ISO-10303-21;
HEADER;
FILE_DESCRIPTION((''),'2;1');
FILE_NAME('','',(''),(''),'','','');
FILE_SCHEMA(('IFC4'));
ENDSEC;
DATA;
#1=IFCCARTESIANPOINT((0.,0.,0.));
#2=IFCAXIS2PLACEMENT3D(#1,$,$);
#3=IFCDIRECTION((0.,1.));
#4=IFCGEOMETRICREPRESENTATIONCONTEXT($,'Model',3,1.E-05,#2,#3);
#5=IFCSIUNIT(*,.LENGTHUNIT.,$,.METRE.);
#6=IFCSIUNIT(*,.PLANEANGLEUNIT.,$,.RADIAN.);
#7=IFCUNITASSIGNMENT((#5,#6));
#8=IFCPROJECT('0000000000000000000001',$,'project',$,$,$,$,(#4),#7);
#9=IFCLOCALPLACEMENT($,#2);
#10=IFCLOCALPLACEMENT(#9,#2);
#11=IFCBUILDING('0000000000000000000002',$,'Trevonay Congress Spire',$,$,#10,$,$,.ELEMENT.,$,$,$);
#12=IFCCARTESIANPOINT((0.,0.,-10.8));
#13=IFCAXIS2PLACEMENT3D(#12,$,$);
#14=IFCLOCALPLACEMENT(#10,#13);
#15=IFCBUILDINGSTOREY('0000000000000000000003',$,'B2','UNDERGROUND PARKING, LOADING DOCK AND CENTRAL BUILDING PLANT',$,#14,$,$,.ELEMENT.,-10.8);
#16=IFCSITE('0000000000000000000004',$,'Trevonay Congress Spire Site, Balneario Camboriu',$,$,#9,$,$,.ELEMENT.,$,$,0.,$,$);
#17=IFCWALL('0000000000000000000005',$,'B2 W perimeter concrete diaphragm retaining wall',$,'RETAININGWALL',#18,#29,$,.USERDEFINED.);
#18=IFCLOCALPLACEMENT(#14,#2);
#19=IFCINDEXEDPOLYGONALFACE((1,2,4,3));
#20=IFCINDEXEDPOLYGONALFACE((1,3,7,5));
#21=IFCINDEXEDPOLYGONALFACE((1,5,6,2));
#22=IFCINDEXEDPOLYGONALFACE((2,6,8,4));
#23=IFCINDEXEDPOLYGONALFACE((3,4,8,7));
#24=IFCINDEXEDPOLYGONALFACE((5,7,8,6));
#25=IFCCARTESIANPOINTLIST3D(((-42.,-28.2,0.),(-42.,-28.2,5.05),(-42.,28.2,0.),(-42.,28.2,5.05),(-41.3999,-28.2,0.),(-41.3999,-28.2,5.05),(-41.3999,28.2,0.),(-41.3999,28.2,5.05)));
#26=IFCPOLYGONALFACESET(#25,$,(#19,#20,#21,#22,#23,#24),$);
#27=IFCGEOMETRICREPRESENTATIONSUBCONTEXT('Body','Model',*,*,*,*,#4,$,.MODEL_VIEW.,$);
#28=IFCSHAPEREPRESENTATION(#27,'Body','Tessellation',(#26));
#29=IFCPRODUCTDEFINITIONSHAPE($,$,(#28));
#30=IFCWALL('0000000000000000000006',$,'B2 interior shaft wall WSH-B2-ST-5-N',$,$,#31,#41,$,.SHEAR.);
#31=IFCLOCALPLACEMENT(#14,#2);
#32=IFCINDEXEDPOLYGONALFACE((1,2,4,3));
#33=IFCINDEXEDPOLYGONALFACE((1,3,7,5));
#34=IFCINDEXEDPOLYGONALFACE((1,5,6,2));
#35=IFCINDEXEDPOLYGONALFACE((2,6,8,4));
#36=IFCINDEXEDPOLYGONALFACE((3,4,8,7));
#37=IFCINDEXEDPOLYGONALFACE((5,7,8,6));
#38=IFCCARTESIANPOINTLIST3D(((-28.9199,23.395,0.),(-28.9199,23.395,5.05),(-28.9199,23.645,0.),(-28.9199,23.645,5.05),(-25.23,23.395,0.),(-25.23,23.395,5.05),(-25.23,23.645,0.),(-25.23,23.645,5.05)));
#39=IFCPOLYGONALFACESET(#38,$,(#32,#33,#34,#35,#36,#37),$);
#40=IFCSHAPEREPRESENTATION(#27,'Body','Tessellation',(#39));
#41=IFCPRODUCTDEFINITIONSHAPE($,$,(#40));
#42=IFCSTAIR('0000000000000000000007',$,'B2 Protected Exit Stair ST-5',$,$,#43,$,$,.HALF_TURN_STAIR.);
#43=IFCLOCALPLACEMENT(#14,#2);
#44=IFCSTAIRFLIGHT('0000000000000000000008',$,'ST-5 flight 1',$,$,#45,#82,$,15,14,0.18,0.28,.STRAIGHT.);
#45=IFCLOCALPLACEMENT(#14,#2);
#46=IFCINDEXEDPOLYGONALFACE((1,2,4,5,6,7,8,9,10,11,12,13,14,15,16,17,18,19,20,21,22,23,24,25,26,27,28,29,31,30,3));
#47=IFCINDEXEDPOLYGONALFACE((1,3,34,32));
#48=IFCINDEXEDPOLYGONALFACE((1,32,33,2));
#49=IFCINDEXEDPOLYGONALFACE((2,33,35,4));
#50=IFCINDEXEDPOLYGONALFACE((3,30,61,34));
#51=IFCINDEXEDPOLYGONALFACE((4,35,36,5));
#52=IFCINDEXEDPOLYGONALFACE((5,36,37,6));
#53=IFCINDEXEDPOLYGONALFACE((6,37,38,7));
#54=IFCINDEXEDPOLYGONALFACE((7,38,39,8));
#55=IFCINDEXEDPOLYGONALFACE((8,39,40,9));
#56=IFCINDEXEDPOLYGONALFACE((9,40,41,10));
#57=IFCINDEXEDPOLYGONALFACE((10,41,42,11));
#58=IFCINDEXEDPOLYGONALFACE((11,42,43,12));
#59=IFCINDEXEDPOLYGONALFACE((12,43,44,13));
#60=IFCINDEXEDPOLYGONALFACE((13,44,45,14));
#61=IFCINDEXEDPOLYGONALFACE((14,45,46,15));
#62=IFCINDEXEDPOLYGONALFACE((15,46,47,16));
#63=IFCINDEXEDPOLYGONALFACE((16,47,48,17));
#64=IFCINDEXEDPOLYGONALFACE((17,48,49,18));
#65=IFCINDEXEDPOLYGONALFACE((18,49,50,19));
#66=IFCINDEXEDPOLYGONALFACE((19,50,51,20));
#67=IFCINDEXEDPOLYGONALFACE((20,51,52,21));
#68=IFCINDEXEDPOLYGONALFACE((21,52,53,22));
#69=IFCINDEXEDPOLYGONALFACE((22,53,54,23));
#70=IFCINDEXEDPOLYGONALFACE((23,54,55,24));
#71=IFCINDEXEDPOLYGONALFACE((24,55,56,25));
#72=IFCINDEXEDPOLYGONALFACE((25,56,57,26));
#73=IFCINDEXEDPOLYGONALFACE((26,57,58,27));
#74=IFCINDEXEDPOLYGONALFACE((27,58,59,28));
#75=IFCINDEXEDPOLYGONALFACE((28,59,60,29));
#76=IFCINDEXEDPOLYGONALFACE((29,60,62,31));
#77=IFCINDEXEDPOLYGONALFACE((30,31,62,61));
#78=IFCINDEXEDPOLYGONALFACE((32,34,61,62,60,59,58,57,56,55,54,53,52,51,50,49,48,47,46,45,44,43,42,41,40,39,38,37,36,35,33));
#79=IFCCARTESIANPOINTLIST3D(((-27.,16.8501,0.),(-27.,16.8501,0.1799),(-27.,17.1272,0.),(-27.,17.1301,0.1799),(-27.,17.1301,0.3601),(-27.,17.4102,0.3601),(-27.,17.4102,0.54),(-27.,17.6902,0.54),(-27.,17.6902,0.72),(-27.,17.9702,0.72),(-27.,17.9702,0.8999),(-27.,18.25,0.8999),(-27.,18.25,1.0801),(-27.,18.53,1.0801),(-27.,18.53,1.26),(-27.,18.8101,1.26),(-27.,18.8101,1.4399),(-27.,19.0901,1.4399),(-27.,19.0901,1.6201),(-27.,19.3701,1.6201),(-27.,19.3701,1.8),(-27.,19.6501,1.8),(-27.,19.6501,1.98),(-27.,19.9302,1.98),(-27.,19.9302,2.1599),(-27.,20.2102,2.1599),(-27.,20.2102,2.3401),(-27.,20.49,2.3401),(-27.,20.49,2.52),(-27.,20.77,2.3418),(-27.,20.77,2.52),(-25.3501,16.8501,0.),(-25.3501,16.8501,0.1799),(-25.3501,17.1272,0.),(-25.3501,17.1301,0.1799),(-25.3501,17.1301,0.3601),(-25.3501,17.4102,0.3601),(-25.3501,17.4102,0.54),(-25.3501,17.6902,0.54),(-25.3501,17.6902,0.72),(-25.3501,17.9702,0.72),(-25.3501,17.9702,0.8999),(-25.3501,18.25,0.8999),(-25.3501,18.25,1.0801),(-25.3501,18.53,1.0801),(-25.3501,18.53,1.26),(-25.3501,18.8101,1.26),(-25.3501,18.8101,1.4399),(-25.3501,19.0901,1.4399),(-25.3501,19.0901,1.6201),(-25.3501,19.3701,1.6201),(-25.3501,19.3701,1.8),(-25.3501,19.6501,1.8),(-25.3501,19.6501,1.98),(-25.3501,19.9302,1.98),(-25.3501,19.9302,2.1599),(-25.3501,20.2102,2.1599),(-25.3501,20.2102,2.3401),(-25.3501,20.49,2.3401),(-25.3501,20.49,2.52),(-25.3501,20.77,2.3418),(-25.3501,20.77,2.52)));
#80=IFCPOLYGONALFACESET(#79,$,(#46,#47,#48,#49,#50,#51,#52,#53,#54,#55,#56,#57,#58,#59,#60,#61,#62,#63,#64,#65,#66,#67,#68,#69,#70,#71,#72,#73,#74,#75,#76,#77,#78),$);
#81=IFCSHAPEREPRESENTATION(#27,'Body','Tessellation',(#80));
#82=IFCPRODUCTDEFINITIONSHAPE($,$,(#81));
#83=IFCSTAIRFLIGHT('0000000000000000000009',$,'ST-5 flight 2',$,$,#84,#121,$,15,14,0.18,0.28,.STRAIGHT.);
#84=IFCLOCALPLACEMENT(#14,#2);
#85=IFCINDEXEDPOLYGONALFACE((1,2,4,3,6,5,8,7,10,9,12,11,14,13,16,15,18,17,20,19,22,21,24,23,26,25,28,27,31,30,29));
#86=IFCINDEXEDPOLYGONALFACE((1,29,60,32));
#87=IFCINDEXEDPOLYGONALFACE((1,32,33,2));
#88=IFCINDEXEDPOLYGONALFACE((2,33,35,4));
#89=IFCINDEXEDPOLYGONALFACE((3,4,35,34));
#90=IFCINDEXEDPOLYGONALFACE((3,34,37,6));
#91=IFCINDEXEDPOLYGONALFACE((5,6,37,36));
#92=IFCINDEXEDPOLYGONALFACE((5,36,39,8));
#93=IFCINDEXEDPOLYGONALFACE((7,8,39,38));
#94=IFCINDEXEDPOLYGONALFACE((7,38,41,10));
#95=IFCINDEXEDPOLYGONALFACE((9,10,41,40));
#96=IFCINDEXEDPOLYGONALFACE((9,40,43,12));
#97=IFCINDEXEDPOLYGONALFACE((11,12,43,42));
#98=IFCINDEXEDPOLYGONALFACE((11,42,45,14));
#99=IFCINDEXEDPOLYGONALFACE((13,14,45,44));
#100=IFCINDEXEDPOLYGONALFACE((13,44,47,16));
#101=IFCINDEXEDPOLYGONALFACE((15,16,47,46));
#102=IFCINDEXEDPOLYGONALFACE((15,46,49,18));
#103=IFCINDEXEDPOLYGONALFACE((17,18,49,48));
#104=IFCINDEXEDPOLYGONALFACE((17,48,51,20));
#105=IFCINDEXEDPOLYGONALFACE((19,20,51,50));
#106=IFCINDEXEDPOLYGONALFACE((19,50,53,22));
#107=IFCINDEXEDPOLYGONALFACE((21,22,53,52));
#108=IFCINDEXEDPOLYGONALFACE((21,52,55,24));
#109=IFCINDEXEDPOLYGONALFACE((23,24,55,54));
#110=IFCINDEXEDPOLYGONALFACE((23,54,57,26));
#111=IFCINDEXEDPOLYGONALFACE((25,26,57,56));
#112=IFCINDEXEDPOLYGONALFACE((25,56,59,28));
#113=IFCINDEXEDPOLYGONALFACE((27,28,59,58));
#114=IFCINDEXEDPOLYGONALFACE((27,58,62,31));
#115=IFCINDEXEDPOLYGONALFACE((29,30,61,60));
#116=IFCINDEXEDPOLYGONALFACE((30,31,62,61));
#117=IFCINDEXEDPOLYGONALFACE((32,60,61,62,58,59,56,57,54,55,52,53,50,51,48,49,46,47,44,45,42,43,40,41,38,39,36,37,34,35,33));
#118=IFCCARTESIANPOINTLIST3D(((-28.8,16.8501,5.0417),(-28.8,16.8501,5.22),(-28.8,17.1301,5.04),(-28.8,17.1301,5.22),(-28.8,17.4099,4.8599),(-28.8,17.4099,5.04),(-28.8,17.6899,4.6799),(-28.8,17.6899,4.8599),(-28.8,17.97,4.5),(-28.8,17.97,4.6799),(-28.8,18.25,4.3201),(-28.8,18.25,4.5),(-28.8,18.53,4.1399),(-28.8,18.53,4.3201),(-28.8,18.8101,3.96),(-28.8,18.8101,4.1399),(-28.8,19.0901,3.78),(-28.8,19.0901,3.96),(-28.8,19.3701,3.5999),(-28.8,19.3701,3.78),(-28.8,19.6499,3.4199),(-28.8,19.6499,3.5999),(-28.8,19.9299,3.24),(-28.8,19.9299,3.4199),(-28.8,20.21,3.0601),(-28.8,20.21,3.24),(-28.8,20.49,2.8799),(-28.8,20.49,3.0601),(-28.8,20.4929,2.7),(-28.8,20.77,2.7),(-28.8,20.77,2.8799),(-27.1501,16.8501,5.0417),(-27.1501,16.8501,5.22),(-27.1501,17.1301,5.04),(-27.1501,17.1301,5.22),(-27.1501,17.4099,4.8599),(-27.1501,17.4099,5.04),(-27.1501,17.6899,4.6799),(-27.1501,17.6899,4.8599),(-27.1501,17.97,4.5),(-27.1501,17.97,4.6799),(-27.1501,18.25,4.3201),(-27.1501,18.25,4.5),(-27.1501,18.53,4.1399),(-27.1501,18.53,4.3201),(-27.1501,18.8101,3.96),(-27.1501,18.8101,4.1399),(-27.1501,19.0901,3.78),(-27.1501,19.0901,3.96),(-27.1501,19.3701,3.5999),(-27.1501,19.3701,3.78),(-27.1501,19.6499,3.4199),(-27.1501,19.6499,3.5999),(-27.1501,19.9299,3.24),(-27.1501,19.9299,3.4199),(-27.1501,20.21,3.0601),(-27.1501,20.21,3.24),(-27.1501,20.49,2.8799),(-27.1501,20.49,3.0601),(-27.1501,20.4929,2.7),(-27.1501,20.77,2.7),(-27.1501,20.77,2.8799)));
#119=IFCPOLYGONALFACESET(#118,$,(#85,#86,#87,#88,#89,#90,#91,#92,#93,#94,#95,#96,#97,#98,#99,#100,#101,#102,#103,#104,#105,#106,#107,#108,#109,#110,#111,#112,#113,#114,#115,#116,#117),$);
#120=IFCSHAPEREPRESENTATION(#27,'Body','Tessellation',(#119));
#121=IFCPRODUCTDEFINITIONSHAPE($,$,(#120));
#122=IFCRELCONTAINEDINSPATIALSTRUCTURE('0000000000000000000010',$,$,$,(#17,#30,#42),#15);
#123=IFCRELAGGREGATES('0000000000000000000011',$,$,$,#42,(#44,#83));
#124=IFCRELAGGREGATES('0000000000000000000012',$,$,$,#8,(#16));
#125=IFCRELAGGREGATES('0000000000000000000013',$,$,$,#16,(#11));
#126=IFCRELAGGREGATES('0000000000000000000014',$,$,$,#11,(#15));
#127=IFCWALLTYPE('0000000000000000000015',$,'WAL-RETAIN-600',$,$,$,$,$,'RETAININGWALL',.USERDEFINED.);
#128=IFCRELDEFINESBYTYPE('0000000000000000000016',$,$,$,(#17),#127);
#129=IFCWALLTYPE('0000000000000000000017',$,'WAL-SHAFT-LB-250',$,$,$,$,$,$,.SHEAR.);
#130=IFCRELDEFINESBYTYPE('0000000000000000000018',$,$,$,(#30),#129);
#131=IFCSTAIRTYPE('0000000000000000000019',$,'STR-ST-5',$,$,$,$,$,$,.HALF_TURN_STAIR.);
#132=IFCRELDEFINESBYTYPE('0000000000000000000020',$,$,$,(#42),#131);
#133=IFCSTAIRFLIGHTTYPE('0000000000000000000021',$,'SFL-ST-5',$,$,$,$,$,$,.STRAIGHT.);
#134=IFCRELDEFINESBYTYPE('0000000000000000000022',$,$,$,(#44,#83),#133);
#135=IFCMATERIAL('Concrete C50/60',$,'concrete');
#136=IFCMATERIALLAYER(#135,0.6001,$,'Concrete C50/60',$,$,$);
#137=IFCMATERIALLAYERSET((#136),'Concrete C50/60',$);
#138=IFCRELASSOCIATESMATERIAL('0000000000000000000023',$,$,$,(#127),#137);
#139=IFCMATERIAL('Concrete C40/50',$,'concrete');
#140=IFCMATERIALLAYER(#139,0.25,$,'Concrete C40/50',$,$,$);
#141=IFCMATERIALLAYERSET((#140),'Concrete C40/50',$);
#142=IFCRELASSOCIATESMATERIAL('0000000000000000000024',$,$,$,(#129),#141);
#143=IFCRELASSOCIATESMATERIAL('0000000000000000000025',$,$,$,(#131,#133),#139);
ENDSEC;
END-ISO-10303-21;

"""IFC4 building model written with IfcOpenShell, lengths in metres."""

from ifc_helpers import new_model, si_unit, direction, frame, frame_2d, origin, place, context, subcontext, project, spatial, polyline, rectangle, outline, extrude, material, layer, layer_set, type_object, element, aggregate, save


model = new_model("IFC4")

# Units and contexts
model_context = context("Model", 3, precision=1e-05, world=origin(), true_north=direction((0.0, 1.0)))
body_context = subcontext(model_context, "Body", "Model", "MODEL_VIEW")
ifc_project = project(units=[si_unit("LENGTHUNIT", "METRE"), si_unit("PLANEANGLEUNIT", "RADIAN")], contexts=[model_context])

# Site, building, storey
site_placement = place(None, origin())
site = spatial("IfcSite", under=ifc_project, at=site_placement, Name="Trevonay Congress Spire Site, Balneario Camboriu", CompositionType="ELEMENT", RefElevation=0.0)
building_placement = place(site_placement, origin())
building = spatial("IfcBuilding", under=site, at=building_placement, Name="Trevonay Congress Spire", CompositionType="ELEMENT")
storey_placement = place(building_placement, frame((0.0, 0.0, -10.8)))
storey = spatial("IfcBuildingStorey", under=building, at=storey_placement, Name="B2", Description="UNDERGROUND PARKING, LOADING DOCK AND CENTRAL BUILDING PLANT", CompositionType="ELEMENT", Elevation=-10.8)

# Shared definitions
ifc_material_1 = material(Name="Concrete C50/60", Category="concrete")

# Shared definitions
ifc_material_2 = material(Name="Concrete C40/50", Category="concrete")

# Walls
ifc_layer_1 = layer(ifc_material_1, 0.6001, Name="Concrete C50/60")
ifc_layer_set_1 = layer_set([ifc_layer_1], Name="Concrete C50/60")
wall_type_1 = type_object("IfcWallType", Name="WAL-RETAIN-600", ElementType="RETAININGWALL", PredefinedType="USERDEFINED", material=ifc_layer_set_1)
wall_1_placement = place(storey_placement, frame((-41.7, 28.2, 0.0), z_axis=(0.0, 0.0, 1.0), x_axis=(0.0, -1.0, 0.0)))
element("IfcWall", 1, at=wall_1_placement, inside=storey, type_object=wall_type_1, Name="B2 W perimeter concrete diaphragm retaining wall", ObjectType="RETAININGWALL", PredefinedType="USERDEFINED", context=body_context, shape_type="SweptSolid", body=[
    extrude(rectangle(XDim=56.3999, YDim=0.6001, at=frame_2d((28.2, 0.0))), origin(), (0.0, 0.0, 1.0), 5.05),
])
ifc_layer_2 = layer(ifc_material_2, 0.25, Name="Concrete C40/50")
ifc_layer_set_2 = layer_set([ifc_layer_2], Name="Concrete C40/50")
wall_type_2 = type_object("IfcWallType", Name="WAL-SHAFT-LB-250", PredefinedType="SHEAR", material=ifc_layer_set_2)
wall_2_placement = place(storey_placement, frame((-28.9199, 23.52, 0.0), z_axis=(0.0, 0.0, 1.0), x_axis=(1.0, 0.0, 0.0)))
element("IfcWall", 2, at=wall_2_placement, inside=storey, type_object=wall_type_2, Name="B2 interior shaft wall WSH-B2-ST-5-N", PredefinedType="SHEAR", context=body_context, shape_type="SweptSolid", body=[
    extrude(rectangle(XDim=3.6899, YDim=0.25, at=frame_2d((1.845, 0.0))), origin(), (0.0, 0.0, 1.0), 5.05),
])

# Stair, stair flights
stair_type = type_object("IfcStairType", Name="STR-ST-5", PredefinedType="HALF_TURN_STAIR", material=ifc_material_2)
stair_placement = place(storey_placement, origin())
stair = element("IfcStair", 3, at=stair_placement, inside=storey, type_object=stair_type, Name="B2 Protected Exit Stair ST-5", PredefinedType="HALF_TURN_STAIR")
stair_flight_type = type_object("IfcStairFlightType", Name="SFL-ST-5", PredefinedType="STRAIGHT", material=ifc_material_2)
stair_flight_1_placement = place(storey_placement, frame((-26.175, 16.8501, 0.0), z_axis=(0.0, 0.0, 1.0), x_axis=(0.0, 1.0, 0.0)))
stair_flight_1 = element("IfcStairFlight", 4, at=stair_flight_1_placement, type_object=stair_flight_type, Name="ST-5 flight 1", NumberOfRisers=15, NumberOfTreads=14, PredefinedType="STRAIGHT", RiserHeight=0.18, TreadLength=0.28, context=body_context, shape_type="SweptSolid", body=[
    extrude(outline(polyline([(0.0, 0.0), (0.0, 0.1799), (0.28, 0.1799), (0.28, 0.3601), (0.5601, 0.3601), (0.5601, 0.54), (0.8401, 0.54), (0.8401, 0.72), (1.1201, 0.72), (1.1201, 0.8999), (1.3999, 0.8999), (1.3999, 1.0801), (1.6799, 1.0801), (1.6799, 1.26), (1.96, 1.26), (1.96, 1.4399), (2.24, 1.4399), (2.24, 1.6201), (2.52, 1.6201), (2.52, 1.8), (2.8, 1.8), (2.8, 1.98), (3.0801, 1.98), (3.0801, 2.1599), (3.3601, 2.1599), (3.3601, 2.3401), (3.6399, 2.3401), (3.6399, 2.52), (3.9199, 2.52), (3.9199, 2.7), (3.9199, 2.3418), (0.2771, 0.0), (0.0, 0.0)])), frame((0.0, 0.825, 0.0), z_axis=(0.0, -1.0, 0.0), x_axis=(1.0, 0.0, 0.0)), (0.0, 0.0, 1.0), 1.6499),
])
stair_flight_2_placement = place(storey_placement, frame((-27.9751, 20.77, 2.7), z_axis=(0.0, 0.0, 1.0), x_axis=(0.0, -1.0, 0.0)))
stair_flight_2 = element("IfcStairFlight", 5, at=stair_flight_2_placement, type_object=stair_flight_type, Name="ST-5 flight 2", NumberOfRisers=15, NumberOfTreads=14, PredefinedType="STRAIGHT", RiserHeight=0.18, TreadLength=0.28, context=body_context, shape_type="SweptSolid", body=[
    extrude(outline(polyline([(0.0, 0.0), (0.0, 0.1799), (0.28, 0.1799), (0.28, 0.3601), (0.5601, 0.3601), (0.5601, 0.54), (0.8401, 0.54), (0.8401, 0.72), (1.1201, 0.72), (1.1201, 0.8999), (1.3999, 0.8999), (1.3999, 1.0801), (1.6799, 1.0801), (1.6799, 1.26), (1.96, 1.26), (1.96, 1.4399), (2.24, 1.4399), (2.24, 1.6201), (2.52, 1.6201), (2.52, 1.8), (2.8, 1.8), (2.8, 1.98), (3.0801, 1.98), (3.0801, 2.1599), (3.3601, 2.1599), (3.3601, 2.3401), (3.6399, 2.3401), (3.6399, 2.52), (3.9199, 2.52), (3.9199, 2.7), (3.9199, 2.3418), (0.2771, 0.0), (0.0, 0.0)])), frame((0.0, 0.825, 0.0), z_axis=(0.0, -1.0, 0.0), x_axis=(1.0, 0.0, 0.0)), (0.0, 0.0, 1.0), 1.6499),
])
aggregate(stair, [stair_flight_1, stair_flight_2])

save(model, "model.ifc")
